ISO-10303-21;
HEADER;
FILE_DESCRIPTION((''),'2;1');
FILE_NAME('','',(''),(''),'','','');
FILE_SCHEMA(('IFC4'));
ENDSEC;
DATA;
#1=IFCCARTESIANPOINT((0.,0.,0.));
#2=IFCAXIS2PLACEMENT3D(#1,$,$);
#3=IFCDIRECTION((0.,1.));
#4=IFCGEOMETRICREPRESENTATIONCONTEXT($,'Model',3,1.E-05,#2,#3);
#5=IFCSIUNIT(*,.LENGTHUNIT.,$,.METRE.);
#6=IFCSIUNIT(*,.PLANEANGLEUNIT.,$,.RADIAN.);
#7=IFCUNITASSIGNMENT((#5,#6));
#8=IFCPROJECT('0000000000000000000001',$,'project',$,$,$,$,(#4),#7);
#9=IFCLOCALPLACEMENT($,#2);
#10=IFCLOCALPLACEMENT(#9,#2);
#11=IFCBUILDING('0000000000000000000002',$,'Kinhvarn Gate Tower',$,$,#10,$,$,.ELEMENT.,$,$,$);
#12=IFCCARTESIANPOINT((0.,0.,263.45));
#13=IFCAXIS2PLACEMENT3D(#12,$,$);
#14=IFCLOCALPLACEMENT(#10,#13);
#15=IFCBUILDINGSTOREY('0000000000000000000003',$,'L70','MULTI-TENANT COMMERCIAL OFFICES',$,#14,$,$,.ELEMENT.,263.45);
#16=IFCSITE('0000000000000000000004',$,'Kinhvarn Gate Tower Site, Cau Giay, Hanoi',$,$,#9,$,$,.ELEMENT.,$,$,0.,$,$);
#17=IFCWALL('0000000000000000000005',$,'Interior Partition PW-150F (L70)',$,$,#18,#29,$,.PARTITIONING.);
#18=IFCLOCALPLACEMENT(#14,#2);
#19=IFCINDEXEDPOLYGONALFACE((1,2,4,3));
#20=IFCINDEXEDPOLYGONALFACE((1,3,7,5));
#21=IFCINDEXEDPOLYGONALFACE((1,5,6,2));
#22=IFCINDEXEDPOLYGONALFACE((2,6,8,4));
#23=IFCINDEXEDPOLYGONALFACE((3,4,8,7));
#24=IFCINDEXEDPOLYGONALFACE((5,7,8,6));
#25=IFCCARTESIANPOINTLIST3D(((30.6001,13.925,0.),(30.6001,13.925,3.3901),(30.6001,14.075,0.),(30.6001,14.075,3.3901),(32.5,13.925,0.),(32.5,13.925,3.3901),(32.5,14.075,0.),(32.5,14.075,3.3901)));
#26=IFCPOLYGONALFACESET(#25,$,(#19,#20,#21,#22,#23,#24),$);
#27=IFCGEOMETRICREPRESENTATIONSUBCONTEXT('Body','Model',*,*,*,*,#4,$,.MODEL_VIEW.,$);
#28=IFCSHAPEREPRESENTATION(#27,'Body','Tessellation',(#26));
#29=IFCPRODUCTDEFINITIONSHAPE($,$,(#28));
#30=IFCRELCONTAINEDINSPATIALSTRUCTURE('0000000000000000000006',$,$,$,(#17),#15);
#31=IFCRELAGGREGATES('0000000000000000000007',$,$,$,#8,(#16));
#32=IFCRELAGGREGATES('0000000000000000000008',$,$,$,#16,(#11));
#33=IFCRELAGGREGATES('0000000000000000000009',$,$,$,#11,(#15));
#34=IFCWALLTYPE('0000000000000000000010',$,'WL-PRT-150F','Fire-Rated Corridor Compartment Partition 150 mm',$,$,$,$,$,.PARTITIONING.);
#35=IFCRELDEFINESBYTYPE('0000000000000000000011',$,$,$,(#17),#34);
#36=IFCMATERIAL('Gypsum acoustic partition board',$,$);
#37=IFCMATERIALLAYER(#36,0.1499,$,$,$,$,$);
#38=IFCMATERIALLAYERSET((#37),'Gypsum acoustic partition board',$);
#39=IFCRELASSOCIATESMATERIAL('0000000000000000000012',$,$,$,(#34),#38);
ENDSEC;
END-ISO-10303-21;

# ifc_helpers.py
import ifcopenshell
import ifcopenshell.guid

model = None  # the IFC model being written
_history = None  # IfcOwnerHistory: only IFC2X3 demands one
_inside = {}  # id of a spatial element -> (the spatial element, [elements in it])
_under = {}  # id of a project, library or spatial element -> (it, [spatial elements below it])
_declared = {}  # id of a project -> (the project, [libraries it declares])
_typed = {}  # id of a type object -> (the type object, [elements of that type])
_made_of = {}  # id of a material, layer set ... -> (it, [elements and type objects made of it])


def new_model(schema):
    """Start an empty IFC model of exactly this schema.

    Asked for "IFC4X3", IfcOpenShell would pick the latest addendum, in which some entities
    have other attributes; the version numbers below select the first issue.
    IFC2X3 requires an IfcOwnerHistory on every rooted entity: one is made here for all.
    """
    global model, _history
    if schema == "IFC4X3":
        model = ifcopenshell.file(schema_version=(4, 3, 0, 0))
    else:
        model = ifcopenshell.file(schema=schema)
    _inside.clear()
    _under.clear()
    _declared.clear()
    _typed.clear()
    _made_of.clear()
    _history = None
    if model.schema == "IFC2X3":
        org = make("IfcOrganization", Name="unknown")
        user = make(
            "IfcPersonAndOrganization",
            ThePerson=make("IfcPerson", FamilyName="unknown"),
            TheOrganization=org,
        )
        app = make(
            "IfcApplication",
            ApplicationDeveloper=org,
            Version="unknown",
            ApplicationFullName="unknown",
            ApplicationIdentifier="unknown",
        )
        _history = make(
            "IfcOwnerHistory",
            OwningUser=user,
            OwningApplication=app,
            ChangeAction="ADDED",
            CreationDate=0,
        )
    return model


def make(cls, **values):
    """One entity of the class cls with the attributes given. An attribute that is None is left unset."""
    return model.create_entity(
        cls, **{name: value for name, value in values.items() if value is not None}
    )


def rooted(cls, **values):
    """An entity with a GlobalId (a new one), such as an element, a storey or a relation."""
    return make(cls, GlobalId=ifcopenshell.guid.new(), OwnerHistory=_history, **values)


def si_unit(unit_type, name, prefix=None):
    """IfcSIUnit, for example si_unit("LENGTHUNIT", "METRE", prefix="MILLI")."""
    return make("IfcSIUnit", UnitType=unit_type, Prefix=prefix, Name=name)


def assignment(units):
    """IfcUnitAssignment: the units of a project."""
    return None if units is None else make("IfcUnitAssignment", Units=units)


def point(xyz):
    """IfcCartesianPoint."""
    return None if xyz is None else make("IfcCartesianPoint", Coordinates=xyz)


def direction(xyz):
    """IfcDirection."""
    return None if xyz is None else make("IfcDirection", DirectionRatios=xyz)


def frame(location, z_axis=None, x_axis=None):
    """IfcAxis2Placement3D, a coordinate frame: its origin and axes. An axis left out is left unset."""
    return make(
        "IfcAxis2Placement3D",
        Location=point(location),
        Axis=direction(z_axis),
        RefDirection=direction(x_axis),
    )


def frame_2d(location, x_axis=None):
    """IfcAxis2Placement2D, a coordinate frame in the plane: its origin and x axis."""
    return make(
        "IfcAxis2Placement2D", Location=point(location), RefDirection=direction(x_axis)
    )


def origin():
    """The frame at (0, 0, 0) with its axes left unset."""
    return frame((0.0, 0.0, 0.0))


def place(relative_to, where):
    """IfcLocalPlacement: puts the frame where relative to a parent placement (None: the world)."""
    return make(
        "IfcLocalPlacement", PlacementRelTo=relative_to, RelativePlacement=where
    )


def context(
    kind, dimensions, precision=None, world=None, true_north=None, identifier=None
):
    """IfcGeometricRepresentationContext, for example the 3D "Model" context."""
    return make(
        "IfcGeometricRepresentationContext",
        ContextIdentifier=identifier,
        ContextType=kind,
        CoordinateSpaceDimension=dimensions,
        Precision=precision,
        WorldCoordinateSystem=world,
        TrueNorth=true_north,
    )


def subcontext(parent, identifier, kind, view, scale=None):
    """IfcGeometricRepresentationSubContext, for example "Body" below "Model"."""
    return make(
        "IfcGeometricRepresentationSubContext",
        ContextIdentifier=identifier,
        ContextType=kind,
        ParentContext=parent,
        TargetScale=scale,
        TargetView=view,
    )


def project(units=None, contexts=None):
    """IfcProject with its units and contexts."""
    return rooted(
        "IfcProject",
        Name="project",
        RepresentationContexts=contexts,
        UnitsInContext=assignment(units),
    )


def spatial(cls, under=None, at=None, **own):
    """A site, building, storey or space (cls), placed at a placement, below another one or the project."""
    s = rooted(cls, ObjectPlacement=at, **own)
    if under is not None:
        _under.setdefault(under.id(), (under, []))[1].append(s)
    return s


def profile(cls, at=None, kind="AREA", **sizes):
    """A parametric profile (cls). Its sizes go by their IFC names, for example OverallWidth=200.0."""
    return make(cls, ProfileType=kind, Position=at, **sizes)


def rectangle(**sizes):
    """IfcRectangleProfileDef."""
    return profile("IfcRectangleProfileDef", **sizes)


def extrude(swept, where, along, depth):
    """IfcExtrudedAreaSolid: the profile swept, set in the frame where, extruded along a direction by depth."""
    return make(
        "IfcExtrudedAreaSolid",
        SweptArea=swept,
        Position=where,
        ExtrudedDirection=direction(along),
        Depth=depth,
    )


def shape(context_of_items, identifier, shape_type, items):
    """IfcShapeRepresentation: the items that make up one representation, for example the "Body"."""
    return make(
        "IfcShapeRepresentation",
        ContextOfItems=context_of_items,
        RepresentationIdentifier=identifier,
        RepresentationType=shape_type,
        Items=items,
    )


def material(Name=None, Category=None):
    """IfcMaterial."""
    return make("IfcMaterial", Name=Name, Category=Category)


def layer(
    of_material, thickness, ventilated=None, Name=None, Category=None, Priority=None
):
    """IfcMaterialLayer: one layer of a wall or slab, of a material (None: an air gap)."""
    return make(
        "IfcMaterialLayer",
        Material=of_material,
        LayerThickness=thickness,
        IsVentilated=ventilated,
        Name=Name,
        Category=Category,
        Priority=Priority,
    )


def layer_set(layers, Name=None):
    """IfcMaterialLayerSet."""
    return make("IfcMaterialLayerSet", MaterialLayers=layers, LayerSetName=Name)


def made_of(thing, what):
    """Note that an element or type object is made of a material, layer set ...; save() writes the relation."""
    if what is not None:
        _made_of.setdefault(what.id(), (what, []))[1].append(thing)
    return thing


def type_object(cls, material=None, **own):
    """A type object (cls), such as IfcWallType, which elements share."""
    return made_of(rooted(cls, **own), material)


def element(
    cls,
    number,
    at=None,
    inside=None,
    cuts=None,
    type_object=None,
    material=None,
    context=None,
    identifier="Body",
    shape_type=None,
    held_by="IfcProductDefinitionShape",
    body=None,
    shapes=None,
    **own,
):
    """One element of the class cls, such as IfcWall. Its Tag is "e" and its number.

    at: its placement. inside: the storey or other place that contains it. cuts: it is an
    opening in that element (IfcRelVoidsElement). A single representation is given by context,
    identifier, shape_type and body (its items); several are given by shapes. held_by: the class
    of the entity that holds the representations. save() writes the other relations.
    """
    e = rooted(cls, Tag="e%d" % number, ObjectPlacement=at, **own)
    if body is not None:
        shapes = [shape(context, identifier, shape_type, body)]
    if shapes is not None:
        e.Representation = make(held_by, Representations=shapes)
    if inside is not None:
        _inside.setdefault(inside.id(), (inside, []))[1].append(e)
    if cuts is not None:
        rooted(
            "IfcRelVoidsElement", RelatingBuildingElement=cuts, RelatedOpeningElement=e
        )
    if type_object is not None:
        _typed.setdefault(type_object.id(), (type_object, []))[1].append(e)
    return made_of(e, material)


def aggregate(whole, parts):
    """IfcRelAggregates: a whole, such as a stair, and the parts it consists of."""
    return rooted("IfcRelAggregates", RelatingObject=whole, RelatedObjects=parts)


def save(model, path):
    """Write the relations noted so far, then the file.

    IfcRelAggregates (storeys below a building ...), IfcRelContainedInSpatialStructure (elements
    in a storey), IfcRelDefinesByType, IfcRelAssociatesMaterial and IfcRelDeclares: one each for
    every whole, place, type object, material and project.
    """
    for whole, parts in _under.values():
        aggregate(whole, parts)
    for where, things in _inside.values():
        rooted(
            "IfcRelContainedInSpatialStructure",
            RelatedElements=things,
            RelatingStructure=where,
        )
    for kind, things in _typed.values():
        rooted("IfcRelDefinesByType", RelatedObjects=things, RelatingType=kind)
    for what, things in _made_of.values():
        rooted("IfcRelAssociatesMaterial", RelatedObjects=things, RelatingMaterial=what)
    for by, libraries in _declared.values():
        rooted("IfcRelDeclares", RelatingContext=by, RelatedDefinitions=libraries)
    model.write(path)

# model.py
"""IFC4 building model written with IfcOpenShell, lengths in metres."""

from ifc_helpers import new_model, si_unit, direction, frame, frame_2d, origin, place, context, subcontext, project, spatial, rectangle, extrude, material, layer, layer_set, type_object, element, save


model = new_model("IFC4")

# Units and contexts
model_context = context("Model", 3, precision=1e-05, world=origin(), true_north=direction((0.0, 1.0)))
body_context = subcontext(model_context, "Body", "Model", "MODEL_VIEW")
ifc_project = project(units=[si_unit("LENGTHUNIT", "METRE"), si_unit("PLANEANGLEUNIT", "RADIAN")], contexts=[model_context])

# Site, building, storey
site_placement = place(None, origin())
site = spatial("IfcSite", under=ifc_project, at=site_placement, Name="Kinhvarn Gate Tower Site, Cau Giay, Hanoi", CompositionType="ELEMENT", RefElevation=0.0)
building_placement = place(site_placement, origin())
building = spatial("IfcBuilding", under=site, at=building_placement, Name="Kinhvarn Gate Tower", CompositionType="ELEMENT")
storey_placement = place(building_placement, frame((0.0, 0.0, 263.45)))
storey = spatial("IfcBuildingStorey", under=building, at=storey_placement, Name="L70", Description="MULTI-TENANT COMMERCIAL OFFICES", CompositionType="ELEMENT", Elevation=263.45)

# Shared definitions
ifc_material_1 = material(Name="Gypsum acoustic partition board")

# Shared definitions
ifc_layer_1 = layer(ifc_material_1, 0.1499)
ifc_layer_set_1 = layer_set([ifc_layer_1], Name="Gypsum acoustic partition board")
wall_type_1 = type_object("IfcWallType", Name="WL-PRT-150F", Description="Fire-Rated Corridor Compartment Partition 150 mm", PredefinedType="PARTITIONING", material=ifc_layer_set_1)

# Wall
wall_1_placement = place(storey_placement, frame((30.6001, 14.0, 0.0), z_axis=(0.0, 0.0, 1.0), x_axis=(1.0, 0.0, 0.0)))
element("IfcWall", 1, at=wall_1_placement, inside=storey, type_object=wall_type_1, Name="Interior Partition PW-150F (L70)", PredefinedType="PARTITIONING", context=body_context, shape_type="SweptSolid", body=[
    extrude(rectangle(XDim=1.8999, YDim=0.1499, at=frame_2d((0.95, 0.0))), origin(), (0.0, 0.0, 1.0), 3.3901),
])

save(model, "model.ifc")
